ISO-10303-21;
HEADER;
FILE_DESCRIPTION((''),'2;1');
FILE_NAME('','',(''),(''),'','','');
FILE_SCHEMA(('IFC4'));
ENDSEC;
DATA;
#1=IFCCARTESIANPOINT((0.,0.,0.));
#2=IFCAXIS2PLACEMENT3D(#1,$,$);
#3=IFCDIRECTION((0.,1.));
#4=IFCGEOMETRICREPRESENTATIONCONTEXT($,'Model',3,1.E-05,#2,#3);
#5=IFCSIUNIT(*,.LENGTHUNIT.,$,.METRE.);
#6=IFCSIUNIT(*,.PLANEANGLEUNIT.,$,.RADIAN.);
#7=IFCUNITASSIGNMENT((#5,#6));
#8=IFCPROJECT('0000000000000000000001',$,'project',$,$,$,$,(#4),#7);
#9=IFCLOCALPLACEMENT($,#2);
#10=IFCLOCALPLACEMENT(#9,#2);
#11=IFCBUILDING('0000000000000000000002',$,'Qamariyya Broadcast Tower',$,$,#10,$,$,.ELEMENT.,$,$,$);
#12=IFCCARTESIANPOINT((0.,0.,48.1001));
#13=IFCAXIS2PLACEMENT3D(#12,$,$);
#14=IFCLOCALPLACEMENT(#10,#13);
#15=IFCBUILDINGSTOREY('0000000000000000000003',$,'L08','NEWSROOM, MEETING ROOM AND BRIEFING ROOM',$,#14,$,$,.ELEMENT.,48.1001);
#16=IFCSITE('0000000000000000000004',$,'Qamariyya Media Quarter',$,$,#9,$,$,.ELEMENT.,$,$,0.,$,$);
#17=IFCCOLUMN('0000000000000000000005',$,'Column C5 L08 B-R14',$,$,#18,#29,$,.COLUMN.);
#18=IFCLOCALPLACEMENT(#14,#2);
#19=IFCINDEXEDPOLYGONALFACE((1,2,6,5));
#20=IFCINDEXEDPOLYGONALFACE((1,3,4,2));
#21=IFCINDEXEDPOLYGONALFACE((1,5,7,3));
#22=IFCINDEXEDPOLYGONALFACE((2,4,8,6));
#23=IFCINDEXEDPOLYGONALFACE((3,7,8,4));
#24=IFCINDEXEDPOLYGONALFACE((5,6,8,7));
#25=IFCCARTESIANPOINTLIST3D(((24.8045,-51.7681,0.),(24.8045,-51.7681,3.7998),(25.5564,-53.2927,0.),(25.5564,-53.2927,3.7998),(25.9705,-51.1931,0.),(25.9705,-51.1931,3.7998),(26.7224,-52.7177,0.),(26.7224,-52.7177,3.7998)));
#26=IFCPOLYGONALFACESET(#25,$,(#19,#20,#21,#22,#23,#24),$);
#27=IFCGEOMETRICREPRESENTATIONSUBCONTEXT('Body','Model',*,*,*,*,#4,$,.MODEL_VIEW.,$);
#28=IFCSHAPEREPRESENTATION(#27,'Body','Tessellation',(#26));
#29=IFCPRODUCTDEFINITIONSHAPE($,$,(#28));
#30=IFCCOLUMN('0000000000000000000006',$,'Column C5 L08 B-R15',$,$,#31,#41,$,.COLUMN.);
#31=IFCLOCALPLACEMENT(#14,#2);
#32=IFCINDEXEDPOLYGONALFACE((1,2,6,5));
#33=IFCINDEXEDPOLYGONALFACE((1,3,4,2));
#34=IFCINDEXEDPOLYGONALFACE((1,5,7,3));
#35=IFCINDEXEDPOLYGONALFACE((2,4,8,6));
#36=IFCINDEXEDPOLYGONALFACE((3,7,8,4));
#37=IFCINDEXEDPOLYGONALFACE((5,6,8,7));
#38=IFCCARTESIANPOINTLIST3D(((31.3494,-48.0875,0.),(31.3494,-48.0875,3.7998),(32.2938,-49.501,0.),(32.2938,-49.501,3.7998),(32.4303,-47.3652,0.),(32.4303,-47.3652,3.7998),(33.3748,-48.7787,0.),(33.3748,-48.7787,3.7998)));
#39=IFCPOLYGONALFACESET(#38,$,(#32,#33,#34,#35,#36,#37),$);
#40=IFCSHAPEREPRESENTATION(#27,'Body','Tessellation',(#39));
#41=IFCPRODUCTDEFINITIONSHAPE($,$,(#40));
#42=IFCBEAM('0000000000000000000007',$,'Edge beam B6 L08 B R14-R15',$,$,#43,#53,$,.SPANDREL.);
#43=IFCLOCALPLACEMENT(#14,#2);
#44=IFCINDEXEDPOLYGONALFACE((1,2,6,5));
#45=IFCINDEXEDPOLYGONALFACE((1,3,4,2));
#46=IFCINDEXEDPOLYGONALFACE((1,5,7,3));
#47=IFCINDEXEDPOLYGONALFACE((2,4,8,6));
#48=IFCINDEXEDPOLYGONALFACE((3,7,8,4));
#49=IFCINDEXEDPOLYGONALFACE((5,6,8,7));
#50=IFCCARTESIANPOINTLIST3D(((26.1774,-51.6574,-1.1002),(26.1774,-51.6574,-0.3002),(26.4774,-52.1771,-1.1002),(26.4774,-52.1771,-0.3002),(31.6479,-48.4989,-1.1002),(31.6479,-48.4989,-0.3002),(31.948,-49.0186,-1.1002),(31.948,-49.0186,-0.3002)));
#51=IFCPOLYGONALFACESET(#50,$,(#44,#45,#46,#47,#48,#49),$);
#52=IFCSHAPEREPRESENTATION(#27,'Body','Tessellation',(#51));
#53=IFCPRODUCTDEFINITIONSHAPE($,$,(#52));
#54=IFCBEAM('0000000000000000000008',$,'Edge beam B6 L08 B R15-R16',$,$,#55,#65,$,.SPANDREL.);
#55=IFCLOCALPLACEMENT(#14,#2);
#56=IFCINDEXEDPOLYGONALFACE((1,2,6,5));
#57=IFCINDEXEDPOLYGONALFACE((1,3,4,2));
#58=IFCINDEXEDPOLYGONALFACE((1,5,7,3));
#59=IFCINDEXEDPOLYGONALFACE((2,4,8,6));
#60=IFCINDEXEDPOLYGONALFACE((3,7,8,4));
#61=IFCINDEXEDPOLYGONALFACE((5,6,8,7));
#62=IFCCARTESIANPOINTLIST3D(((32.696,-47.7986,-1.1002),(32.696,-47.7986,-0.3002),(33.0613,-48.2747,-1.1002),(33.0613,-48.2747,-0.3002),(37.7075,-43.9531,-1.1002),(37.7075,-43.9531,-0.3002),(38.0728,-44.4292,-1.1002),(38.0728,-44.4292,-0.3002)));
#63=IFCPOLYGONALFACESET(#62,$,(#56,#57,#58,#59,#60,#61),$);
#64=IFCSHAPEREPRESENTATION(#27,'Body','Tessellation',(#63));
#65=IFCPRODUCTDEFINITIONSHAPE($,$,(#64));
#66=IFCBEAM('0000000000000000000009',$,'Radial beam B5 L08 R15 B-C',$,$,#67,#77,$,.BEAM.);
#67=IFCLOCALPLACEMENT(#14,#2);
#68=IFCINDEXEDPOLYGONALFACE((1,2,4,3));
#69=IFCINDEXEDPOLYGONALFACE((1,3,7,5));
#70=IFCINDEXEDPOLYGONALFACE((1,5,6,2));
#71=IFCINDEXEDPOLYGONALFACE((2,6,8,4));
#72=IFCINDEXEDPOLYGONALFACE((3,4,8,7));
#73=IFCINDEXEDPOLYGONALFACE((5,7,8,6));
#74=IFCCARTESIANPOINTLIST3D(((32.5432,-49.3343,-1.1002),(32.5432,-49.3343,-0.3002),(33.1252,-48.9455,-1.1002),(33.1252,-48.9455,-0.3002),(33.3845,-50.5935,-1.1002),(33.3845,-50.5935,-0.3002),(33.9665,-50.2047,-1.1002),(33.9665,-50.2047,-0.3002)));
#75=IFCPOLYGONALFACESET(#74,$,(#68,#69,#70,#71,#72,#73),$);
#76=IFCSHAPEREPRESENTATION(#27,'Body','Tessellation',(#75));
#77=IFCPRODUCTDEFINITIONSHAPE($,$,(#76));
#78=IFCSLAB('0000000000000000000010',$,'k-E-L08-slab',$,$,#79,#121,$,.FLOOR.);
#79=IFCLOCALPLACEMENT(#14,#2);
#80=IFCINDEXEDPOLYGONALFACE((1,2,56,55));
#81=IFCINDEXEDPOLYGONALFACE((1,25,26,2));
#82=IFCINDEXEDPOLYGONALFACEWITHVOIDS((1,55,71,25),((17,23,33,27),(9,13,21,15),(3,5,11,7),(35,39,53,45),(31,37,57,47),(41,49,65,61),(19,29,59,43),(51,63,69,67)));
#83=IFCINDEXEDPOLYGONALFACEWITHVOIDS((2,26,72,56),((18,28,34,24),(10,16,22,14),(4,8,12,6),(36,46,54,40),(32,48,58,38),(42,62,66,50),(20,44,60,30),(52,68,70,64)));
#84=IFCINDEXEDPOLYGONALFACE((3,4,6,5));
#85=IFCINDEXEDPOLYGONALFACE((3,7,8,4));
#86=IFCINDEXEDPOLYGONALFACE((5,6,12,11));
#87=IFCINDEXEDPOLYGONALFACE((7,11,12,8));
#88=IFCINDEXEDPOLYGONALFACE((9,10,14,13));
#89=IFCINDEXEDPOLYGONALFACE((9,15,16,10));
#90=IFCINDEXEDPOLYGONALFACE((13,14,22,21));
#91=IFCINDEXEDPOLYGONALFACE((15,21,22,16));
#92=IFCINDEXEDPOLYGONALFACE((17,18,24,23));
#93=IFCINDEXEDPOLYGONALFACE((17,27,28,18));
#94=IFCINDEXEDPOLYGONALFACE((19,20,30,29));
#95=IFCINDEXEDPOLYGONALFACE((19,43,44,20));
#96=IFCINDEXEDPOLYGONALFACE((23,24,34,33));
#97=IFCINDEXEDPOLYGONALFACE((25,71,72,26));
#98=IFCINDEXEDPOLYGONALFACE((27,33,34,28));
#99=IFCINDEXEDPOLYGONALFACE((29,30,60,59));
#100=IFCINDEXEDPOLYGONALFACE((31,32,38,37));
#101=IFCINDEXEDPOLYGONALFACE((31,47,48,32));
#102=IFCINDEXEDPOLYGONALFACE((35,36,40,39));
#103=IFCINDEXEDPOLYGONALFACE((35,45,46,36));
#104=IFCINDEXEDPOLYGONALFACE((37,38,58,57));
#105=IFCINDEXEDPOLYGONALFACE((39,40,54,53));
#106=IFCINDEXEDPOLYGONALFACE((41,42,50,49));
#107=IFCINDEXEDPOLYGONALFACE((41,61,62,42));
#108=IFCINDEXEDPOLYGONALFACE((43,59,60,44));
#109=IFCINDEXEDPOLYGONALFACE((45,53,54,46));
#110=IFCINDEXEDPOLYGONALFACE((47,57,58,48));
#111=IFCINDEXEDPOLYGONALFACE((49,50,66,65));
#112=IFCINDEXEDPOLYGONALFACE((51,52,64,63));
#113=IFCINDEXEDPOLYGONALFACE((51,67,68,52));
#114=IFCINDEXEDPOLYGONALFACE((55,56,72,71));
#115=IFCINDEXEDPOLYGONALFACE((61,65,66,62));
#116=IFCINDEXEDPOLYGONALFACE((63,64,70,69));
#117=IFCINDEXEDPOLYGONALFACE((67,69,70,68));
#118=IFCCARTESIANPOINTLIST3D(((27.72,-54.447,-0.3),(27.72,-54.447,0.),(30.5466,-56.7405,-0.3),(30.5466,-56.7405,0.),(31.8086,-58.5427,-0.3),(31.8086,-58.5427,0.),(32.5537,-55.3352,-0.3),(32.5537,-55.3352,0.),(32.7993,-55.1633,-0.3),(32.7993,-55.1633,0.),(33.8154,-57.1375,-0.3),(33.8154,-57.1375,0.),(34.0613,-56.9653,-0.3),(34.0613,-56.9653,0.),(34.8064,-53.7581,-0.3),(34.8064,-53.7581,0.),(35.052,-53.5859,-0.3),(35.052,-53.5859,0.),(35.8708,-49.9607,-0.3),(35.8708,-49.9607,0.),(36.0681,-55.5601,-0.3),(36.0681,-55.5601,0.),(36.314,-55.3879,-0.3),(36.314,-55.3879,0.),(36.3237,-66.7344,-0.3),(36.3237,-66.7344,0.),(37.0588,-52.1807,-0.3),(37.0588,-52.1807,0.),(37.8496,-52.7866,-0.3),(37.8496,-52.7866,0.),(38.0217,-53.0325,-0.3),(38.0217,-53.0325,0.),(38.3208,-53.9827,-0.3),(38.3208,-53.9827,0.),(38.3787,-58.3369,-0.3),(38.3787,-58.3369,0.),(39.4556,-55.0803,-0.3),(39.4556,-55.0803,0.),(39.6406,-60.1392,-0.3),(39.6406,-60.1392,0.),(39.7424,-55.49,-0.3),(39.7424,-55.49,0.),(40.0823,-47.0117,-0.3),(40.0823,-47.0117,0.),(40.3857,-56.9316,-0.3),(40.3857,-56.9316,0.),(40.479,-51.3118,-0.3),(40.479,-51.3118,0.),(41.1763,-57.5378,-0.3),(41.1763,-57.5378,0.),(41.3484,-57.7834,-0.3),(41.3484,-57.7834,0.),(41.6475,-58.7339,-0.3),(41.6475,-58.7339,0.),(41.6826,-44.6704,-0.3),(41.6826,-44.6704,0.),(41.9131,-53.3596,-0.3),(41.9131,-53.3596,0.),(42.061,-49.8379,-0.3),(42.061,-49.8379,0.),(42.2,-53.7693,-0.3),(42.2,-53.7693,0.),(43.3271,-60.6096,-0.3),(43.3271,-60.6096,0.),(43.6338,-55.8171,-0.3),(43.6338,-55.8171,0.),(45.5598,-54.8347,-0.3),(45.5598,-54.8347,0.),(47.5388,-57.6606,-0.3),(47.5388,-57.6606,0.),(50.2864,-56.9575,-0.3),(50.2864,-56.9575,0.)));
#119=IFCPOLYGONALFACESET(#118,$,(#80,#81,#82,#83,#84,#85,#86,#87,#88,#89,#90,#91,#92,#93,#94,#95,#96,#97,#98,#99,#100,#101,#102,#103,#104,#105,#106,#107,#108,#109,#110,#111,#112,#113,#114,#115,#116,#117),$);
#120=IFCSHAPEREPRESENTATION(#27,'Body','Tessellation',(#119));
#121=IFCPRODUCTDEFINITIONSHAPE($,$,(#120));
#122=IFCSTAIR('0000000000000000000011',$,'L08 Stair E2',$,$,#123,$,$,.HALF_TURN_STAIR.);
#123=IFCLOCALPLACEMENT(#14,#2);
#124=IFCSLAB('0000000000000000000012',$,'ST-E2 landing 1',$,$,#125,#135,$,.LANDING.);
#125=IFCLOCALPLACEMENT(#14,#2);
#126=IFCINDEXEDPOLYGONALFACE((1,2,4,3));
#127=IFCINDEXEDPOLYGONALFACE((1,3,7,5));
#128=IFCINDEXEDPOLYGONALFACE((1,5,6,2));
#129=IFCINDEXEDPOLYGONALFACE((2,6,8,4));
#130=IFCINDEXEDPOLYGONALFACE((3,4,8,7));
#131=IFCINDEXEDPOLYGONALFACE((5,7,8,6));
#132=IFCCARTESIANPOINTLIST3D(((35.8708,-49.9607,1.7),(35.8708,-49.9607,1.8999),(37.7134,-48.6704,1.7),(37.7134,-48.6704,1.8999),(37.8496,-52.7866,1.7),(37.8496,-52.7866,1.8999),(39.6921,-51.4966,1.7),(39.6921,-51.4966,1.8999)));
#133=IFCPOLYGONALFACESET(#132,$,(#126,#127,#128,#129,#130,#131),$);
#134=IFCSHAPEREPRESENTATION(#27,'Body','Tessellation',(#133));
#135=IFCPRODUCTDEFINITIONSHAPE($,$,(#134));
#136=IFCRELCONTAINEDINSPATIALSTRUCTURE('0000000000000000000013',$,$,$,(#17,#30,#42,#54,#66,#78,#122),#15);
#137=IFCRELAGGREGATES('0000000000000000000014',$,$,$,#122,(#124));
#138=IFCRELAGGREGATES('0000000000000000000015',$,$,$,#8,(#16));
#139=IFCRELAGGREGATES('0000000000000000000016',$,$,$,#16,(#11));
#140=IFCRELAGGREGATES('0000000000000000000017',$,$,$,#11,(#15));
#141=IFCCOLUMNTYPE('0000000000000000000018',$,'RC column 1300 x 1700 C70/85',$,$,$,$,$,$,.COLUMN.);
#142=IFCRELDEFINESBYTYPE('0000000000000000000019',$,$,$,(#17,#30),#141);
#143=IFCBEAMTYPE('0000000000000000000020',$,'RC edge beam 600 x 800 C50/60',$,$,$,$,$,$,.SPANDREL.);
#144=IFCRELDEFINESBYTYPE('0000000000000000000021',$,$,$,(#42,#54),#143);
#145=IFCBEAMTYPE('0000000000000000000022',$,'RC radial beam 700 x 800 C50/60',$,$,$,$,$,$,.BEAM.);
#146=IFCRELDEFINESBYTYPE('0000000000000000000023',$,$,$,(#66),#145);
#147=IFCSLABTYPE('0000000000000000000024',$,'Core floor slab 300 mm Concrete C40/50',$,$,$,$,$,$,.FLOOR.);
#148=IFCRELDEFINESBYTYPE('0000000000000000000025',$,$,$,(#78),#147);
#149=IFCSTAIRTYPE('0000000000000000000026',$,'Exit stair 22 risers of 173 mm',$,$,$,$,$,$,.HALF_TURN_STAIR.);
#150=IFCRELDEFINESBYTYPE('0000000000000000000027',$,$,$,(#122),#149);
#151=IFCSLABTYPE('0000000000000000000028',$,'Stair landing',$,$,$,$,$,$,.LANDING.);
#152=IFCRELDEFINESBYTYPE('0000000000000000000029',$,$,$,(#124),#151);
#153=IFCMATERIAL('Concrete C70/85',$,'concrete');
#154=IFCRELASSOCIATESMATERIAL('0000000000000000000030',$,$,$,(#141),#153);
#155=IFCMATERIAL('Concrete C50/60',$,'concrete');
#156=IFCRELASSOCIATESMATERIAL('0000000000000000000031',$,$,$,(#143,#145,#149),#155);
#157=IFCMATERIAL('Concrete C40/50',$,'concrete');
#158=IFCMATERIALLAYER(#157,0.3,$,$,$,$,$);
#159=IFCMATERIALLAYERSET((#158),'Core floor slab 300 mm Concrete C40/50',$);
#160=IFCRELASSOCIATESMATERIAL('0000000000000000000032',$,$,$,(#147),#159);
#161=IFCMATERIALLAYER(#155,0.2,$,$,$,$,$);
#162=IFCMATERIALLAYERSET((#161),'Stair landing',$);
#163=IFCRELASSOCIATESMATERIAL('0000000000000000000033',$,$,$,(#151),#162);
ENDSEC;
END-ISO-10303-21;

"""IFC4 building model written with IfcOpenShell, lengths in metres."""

from ifc_helpers import new_model, si_unit, direction, frame, origin, origin_2d, place, context, subcontext, project, spatial, polyline, rectangle, outline, extrude, material, layer, layer_set, material_profile, profile_set, type_object, element, aggregate, save


model = new_model("IFC4")

# Units and contexts
model_context = context("Model", 3, precision=1e-05, world=origin(), true_north=direction((0.0, 1.0)))
body_context = subcontext(model_context, "Body", "Model", "MODEL_VIEW")
ifc_project = project(units=[si_unit("LENGTHUNIT", "METRE"), si_unit("PLANEANGLEUNIT", "RADIAN")], contexts=[model_context])

# Site, building, storey
site_placement = place(None, origin())
site = spatial("IfcSite", under=ifc_project, at=site_placement, Name="Qamariyya Media Quarter", CompositionType="ELEMENT", RefElevation=0.0)
building_placement = place(site_placement, origin())
building = spatial("IfcBuilding", under=site, at=building_placement, Name="Qamariyya Broadcast Tower", CompositionType="ELEMENT")
storey_placement = place(building_placement, frame((0.0, 0.0, 48.1001)))
storey = spatial("IfcBuildingStorey", under=building, at=storey_placement, Name="L08", Description="NEWSROOM, MEETING ROOM AND BRIEFING ROOM", CompositionType="ELEMENT", Elevation=48.1001)

# Columns
ifc_material_1 = material(Name="Concrete C70/85", Category="concrete")
ifc_material_profile_1 = material_profile(ifc_material_1, rectangle(XDim=1.3, YDim=1.7, at=origin_2d()))
ifc_profile_set_1 = profile_set([ifc_material_profile_1], Name="Concrete C70/85")
column_type = type_object("IfcColumnType", Name="RC column 1300 x 1700 C70/85", PredefinedType="COLUMN", material=ifc_profile_set_1)
for number, where, z_axis, x_axis, name in (
    (1, (25.7634, -52.2429, 0.0), (0.0, 0.0, 1.0), (0.896873, 0.442289, 0.0), "Column C5 L08 B-R14"),
    (2, (32.3621, -48.4331, 0.0), (0.0, 0.0, 1.0), (0.83147, 0.55557, 0.0), "Column C5 L08 B-R15"),
):
    element("IfcColumn", number, at=place(storey_placement, frame(where, z_axis=z_axis, x_axis=x_axis)), inside=storey, type_object=column_type, Name=name, PredefinedType="COLUMN", context=body_context, shape_type="SweptSolid", body=[
        extrude(rectangle(XDim=1.3, YDim=1.7, at=origin_2d()), origin(), (0.0, 0.0, 1.0), 3.7998),
    ])

# Beams
ifc_material_2 = material(Name="Concrete C50/60", Category="concrete")
ifc_material_profile_2 = material_profile(ifc_material_2, rectangle(XDim=0.6001, YDim=0.8, at=origin_2d()))
ifc_profile_set_2 = profile_set([ifc_material_profile_2], Name="Concrete C50/60")
beam_type_1 = type_object("IfcBeamType", Name="RC edge beam 600 x 800 C50/60", PredefinedType="SPANDREL", material=ifc_profile_set_2)
for number, where, z_axis, x_axis, name in (
    (3, (26.3274, -51.9172, -0.7002), (0.86602, 0.500009, 0.0), (-0.500009, 0.86602, 0.0), "Edge beam B6 L08 B R14-R15"),
    (4, (32.8787, -48.0366, -0.7002), (0.793352, 0.608763, 0.0), (-0.608763, 0.793352, 0.0), "Edge beam B6 L08 B R15-R16"),
):
    element("IfcBeam", number, at=place(storey_placement, frame(where, z_axis=z_axis, x_axis=x_axis)), inside=storey, type_object=beam_type_1, Name=name, PredefinedType="SPANDREL", context=body_context, shape_type="SweptSolid", body=[
        extrude(rectangle(XDim=0.6001, YDim=0.8, at=origin_2d()), origin(), (0.0, 0.0, 1.0), 6.3169),
    ])
ifc_material_profile_3 = material_profile(ifc_material_2, rectangle(XDim=0.7, YDim=0.8, at=origin_2d()))
ifc_profile_set_3 = profile_set([ifc_material_profile_3], Name="Concrete C50/60")
beam_type_2 = type_object("IfcBeamType", Name="RC radial beam 700 x 800 C50/60", PredefinedType="BEAM", material=ifc_profile_set_3)
beam_placement = place(storey_placement, frame((32.8342, -49.1399, -0.7002), z_axis=(0.555518, -0.831504, 0.0), x_axis=(0.831504, 0.555518, 0.0)))
element("IfcBeam", 5, at=beam_placement, inside=storey, type_object=beam_type_2, Name="Radial beam B5 L08 R15 B-C", PredefinedType="BEAM", context=body_context, shape_type="SweptSolid", body=[
    extrude(rectangle(XDim=0.7, YDim=0.8, at=origin_2d()), origin(), (0.0, 0.0, 1.0), 1.5144),
])

# Slab
ifc_material_3 = material(Name="Concrete C40/50", Category="concrete")
ifc_layer_1 = layer(ifc_material_3, 0.3)
ifc_layer_set_1 = layer_set([ifc_layer_1], Name="Core floor slab 300 mm Concrete C40/50")
slab_type_1 = type_object("IfcSlabType", Name="Core floor slab 300 mm Concrete C40/50", PredefinedType="FLOOR", material=ifc_layer_set_1)
slab_1_placement = place(storey_placement, frame((0.0, 0.0, -0.3)))
element("IfcSlab", 6, at=slab_1_placement, inside=storey, type_object=slab_type_1, Name="k-E-L08-slab", PredefinedType="FLOOR", context=body_context, shape_type="SweptSolid", body=[
    extrude(outline(polyline([(36.3237, -66.7344), (50.2864, -56.9575), (41.6826, -44.6704), (27.72, -54.447), (36.3237, -66.7344)]), holes=[polyline([(31.8086, -58.5427), (33.8154, -57.1375), (32.5537, -55.3352), (30.5466, -56.7405), (31.8086, -58.5427)]), polyline([(34.0613, -56.9653), (36.0681, -55.5601), (34.8064, -53.7581), (32.7993, -55.1633), (34.0613, -56.9653)]), polyline([(36.314, -55.3879), (38.3208, -53.9827), (37.0588, -52.1807), (35.052, -53.5859), (36.314, -55.3879)]), polyline([(38.3787, -58.3369), (40.3857, -56.9316), (41.6475, -58.7339), (39.6406, -60.1392), (38.3787, -58.3369)]), polyline([(39.7424, -55.49), (42.2, -53.7693), (43.6338, -55.8171), (41.1763, -57.5378), (39.7424, -55.49)]), polyline([(39.4556, -55.0803), (41.9131, -53.3596), (40.479, -51.3118), (38.0217, -53.0325), (39.4556, -55.0803)]), polyline([(40.0823, -47.0117), (35.8708, -49.9607), (37.8496, -52.7866), (42.061, -49.8379), (40.0823, -47.0117)]), polyline([(45.5598, -54.8347), (41.3484, -57.7834), (43.3271, -60.6096), (47.5388, -57.6606), (45.5598, -54.8347)])]), origin(), (0.0, 0.0, 1.0), 0.3),
])

# Stair, slab
stair_type = type_object("IfcStairType", Name="Exit stair 22 risers of 173 mm", PredefinedType="HALF_TURN_STAIR", material=ifc_material_2)
stair_placement = place(storey_placement, origin())
stair = element("IfcStair", 7, at=stair_placement, inside=storey, type_object=stair_type, Name="L08 Stair E2", PredefinedType="HALF_TURN_STAIR")
ifc_layer_2 = layer(ifc_material_2, 0.2)
ifc_layer_set_2 = layer_set([ifc_layer_2], Name="Stair landing")
slab_type_2 = type_object("IfcSlabType", Name="Stair landing", PredefinedType="LANDING", material=ifc_layer_set_2)
slab_2_placement = place(storey_placement, frame((0.0, 0.0, 1.7)))
slab_2 = element("IfcSlab", 8, at=slab_2_placement, type_object=slab_type_2, Name="ST-E2 landing 1", PredefinedType="LANDING", context=body_context, shape_type="SweptSolid", body=[
    extrude(outline(polyline([(37.7134, -48.6704), (35.8708, -49.9607), (37.8496, -52.7866), (39.6921, -51.4966), (37.7134, -48.6704)])), origin(), (0.0, 0.0, 1.0), 0.2),
])
aggregate(stair, [slab_2])

save(model, "model.ifc")
